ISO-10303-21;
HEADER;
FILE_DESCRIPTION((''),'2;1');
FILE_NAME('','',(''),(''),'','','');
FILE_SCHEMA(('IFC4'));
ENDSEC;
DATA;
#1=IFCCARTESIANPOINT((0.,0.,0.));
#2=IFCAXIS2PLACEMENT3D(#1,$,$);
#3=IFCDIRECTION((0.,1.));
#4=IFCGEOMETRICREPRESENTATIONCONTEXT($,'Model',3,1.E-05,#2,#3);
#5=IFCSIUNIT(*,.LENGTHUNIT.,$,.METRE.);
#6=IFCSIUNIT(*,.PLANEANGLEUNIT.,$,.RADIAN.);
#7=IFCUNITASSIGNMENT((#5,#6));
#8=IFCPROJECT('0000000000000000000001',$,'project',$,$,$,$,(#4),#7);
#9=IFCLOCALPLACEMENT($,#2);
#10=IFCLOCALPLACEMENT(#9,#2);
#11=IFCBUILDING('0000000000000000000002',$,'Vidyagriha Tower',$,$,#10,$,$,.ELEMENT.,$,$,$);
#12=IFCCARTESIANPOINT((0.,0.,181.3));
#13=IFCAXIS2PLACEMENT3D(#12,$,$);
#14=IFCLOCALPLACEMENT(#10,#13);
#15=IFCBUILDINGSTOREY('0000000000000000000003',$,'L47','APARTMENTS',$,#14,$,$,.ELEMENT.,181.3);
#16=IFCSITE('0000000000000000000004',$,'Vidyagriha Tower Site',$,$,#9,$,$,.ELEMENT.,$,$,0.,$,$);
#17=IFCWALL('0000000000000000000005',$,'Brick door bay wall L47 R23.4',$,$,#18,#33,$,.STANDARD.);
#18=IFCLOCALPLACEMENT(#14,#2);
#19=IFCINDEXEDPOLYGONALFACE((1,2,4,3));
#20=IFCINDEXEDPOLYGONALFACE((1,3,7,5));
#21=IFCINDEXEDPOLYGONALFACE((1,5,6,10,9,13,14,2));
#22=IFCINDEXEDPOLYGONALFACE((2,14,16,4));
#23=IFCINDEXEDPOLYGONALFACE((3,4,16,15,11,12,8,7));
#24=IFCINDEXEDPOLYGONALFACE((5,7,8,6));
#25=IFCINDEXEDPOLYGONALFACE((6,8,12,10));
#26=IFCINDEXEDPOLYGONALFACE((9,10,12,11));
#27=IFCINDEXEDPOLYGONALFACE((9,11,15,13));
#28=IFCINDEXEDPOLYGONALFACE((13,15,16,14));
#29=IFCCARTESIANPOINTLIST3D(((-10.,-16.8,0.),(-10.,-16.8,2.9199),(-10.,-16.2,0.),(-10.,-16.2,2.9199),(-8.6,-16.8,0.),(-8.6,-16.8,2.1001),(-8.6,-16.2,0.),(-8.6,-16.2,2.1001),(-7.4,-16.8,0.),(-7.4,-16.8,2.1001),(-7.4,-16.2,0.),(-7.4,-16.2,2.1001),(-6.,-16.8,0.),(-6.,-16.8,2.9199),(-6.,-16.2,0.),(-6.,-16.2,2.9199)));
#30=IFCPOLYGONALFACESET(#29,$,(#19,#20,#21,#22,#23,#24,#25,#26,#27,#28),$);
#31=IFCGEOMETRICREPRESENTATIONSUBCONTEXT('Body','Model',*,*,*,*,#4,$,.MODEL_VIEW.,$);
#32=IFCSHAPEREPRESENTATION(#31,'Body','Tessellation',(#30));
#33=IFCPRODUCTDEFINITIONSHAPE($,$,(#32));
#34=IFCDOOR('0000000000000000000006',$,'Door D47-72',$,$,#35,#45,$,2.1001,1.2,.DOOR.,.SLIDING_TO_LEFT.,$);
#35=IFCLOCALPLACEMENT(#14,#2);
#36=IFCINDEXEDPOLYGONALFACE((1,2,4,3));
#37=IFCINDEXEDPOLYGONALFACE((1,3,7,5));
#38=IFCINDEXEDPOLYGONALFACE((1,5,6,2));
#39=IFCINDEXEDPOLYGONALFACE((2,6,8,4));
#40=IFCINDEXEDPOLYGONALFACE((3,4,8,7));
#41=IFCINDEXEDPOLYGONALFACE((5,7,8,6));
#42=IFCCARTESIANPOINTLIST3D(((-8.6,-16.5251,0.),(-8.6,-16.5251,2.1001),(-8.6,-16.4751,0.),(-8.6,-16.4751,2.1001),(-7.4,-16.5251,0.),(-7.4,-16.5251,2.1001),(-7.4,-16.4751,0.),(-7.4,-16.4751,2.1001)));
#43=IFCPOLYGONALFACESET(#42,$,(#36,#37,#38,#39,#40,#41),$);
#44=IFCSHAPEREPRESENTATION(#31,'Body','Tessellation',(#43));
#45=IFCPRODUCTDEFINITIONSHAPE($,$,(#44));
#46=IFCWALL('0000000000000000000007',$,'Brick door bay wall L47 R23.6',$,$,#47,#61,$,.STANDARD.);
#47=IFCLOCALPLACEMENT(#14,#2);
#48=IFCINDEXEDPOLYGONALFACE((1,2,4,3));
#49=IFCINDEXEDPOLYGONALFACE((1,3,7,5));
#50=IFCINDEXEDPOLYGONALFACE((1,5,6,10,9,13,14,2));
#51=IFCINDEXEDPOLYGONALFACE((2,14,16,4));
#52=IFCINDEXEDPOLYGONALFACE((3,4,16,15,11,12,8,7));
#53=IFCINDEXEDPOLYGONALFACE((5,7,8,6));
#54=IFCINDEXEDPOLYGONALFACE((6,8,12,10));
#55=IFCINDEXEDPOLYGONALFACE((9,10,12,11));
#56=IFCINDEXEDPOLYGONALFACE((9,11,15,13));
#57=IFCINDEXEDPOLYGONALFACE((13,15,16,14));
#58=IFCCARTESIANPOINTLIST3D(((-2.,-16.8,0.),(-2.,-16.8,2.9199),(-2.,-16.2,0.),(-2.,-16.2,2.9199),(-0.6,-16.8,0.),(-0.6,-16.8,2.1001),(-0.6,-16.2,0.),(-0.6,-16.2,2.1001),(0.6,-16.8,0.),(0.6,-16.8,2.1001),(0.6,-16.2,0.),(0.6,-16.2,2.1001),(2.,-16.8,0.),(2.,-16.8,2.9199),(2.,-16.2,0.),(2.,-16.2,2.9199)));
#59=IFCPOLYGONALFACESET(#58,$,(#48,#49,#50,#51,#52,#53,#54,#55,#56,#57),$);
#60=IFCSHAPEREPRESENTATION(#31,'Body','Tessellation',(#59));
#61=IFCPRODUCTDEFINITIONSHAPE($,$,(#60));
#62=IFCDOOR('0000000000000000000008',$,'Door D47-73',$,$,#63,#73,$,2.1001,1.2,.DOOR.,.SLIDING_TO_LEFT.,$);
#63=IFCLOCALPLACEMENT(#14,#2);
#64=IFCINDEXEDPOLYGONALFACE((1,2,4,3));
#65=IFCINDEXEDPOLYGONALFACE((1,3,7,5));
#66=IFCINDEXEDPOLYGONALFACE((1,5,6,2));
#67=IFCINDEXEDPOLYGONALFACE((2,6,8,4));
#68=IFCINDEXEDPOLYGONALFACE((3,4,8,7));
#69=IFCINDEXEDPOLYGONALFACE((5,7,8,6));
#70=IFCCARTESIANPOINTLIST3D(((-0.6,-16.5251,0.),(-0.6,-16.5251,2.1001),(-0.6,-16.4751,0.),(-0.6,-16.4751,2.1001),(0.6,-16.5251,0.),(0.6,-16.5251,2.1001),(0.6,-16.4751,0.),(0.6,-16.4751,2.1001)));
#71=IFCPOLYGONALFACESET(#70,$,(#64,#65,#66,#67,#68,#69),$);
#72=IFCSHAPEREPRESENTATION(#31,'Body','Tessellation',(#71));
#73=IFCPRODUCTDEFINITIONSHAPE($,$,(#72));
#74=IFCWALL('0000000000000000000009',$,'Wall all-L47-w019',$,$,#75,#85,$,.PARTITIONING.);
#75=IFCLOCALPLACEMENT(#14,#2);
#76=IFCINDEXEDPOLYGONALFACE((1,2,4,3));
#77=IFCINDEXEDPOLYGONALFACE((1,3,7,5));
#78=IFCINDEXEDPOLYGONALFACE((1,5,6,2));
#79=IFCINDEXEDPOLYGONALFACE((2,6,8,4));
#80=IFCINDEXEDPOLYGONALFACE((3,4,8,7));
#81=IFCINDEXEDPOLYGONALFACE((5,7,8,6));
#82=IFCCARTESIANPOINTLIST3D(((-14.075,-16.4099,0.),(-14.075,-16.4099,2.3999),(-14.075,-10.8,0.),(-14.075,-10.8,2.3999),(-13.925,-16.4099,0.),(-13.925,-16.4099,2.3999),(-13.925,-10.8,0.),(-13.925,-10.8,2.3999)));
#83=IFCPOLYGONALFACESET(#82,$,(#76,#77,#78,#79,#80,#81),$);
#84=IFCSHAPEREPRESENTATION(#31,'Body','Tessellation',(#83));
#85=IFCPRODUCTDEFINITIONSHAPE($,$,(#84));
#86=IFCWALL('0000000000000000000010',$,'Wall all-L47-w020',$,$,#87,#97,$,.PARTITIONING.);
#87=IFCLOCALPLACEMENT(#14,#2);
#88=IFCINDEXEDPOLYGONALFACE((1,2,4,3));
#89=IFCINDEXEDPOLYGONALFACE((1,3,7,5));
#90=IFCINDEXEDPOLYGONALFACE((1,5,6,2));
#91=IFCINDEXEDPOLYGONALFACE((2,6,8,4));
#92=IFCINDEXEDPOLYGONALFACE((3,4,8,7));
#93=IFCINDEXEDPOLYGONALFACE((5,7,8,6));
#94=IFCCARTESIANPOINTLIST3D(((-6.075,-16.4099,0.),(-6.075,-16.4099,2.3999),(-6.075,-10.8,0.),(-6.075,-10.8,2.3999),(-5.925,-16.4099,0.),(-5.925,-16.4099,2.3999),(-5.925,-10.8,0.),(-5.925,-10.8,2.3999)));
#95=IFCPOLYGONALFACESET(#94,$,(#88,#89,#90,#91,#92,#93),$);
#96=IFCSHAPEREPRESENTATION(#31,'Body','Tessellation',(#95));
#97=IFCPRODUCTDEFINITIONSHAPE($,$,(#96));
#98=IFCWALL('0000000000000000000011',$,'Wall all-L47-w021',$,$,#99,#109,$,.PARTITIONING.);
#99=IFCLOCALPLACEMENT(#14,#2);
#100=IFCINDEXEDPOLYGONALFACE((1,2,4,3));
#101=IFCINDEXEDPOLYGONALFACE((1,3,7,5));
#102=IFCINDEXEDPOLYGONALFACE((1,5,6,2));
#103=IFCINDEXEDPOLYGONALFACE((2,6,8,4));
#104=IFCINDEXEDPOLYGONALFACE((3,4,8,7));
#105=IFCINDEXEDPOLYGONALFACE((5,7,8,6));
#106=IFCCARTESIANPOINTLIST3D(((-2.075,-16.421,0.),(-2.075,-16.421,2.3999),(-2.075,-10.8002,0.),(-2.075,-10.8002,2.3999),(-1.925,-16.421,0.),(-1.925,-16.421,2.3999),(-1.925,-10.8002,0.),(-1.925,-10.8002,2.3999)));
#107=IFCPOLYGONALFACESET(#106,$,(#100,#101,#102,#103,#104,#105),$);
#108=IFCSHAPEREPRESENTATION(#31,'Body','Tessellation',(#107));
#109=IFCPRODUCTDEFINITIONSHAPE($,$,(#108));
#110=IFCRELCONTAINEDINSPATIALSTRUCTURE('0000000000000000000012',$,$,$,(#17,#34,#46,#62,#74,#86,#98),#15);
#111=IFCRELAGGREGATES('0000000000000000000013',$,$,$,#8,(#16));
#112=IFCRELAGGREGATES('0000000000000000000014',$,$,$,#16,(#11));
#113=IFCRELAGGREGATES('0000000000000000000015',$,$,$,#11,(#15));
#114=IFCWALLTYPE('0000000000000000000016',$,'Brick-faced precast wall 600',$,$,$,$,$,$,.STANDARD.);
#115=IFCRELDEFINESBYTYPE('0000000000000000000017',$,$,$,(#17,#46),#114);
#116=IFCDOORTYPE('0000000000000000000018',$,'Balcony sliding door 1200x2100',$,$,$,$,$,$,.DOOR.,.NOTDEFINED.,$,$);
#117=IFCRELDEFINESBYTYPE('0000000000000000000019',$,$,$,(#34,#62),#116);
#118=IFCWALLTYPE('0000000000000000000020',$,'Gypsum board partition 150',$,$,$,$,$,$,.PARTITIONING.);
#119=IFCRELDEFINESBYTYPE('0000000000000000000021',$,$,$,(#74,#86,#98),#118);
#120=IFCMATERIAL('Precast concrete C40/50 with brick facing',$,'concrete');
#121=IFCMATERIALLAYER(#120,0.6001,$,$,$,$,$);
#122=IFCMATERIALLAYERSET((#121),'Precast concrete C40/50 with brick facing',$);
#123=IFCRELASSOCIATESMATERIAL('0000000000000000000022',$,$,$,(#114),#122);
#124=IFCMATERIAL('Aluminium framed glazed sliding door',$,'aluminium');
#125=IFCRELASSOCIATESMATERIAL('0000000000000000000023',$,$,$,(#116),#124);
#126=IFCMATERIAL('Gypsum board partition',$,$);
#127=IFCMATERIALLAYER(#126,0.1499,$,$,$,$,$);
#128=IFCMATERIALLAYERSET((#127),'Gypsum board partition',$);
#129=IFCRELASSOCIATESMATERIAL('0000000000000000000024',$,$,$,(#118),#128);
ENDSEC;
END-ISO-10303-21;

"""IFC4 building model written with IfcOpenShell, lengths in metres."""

from ifc_helpers import new_model, si_unit, direction, frame, frame_2d, origin, place, context, subcontext, project, spatial, rectangle, extrude, material, layer, layer_set, type_object, element, fill, save


model = new_model("IFC4")

# Units and contexts
model_context = context("Model", 3, precision=1e-05, world=origin(), true_north=direction((0.0, 1.0)))
body_context = subcontext(model_context, "Body", "Model", "MODEL_VIEW")
ifc_project = project(units=[si_unit("LENGTHUNIT", "METRE"), si_unit("PLANEANGLEUNIT", "RADIAN")], contexts=[model_context])

# Site, building, storey
site_placement = place(None, origin())
site = spatial("IfcSite", under=ifc_project, at=site_placement, Name="Vidyagriha Tower Site", CompositionType="ELEMENT", RefElevation=0.0)
building_placement = place(site_placement, origin())
building = spatial("IfcBuilding", under=site, at=building_placement, Name="Vidyagriha Tower", CompositionType="ELEMENT")
storey_placement = place(building_placement, frame((0.0, 0.0, 181.3)))
storey = spatial("IfcBuildingStorey", under=building, at=storey_placement, Name="L47", Description="APARTMENTS", CompositionType="ELEMENT", Elevation=181.3)

# Walls, openings, doors
ifc_material_1 = material(Name="Precast concrete C40/50 with brick facing", Category="concrete")
ifc_layer_1 = layer(ifc_material_1, 0.6001)
ifc_layer_set_1 = layer_set([ifc_layer_1], Name="Precast concrete C40/50 with brick facing")
wall_type_1 = type_object("IfcWallType", Name="Brick-faced precast wall 600", PredefinedType="STANDARD", material=ifc_layer_set_1)
wall_1_placement = place(storey_placement, frame((-10.0, -16.5, 0.0)))
wall_1 = element("IfcWall", 1, at=wall_1_placement, inside=storey, type_object=wall_type_1, Name="Brick door bay wall L47 R23.4", PredefinedType="STANDARD", context=body_context, shape_type="SweptSolid", body=[
    extrude(rectangle(XDim=4.0, YDim=0.6001, at=frame_2d((2.0, 0.0))), origin(), (0.0, 0.0, 1.0), 2.9199),
])
opening_1_placement = place(wall_1_placement, frame((1.3999, 0.0, 0.0)))
opening_1 = element("IfcOpeningElement", 2, at=opening_1_placement, cuts=wall_1, PredefinedType="OPENING", context=body_context, shape_type="SweptSolid", body=[
    extrude(rectangle(XDim=1.2, YDim=2.1001, at=frame_2d((0.6001, 1.05))), frame((0.0, 0.3101, 0.0), z_axis=(0.0, -1.0, 0.0), x_axis=(1.0, 0.0, 0.0)), (0.0, 0.0, 1.0), 0.6201),
])
ifc_material_2 = material(Name="Aluminium framed glazed sliding door", Category="aluminium")
door_type = type_object("IfcDoorType", Name="Balcony sliding door 1200x2100", OperationType="NOTDEFINED", PredefinedType="DOOR", material=ifc_material_2)
door_1_placement = place(opening_1_placement, origin())
door_1 = element("IfcDoor", 3, at=door_1_placement, inside=storey, type_object=door_type, Name="Door D47-72", OperationType="SLIDING_TO_LEFT", OverallHeight=2.1001, OverallWidth=1.2, PredefinedType="DOOR", context=body_context, shape_type="SweptSolid", body=[
    extrude(rectangle(XDim=1.2, YDim=2.1001, at=frame_2d((0.6001, 1.05))), frame((0.0, 0.0249, 0.0), z_axis=(0.0, -1.0, 0.0), x_axis=(1.0, 0.0, 0.0)), (0.0, 0.0, 1.0), 0.05),
])
fill(opening_1, door_1)
wall_2_placement = place(storey_placement, frame((-2.0, -16.5, 0.0)))
wall_2 = element("IfcWall", 4, at=wall_2_placement, inside=storey, type_object=wall_type_1, Name="Brick door bay wall L47 R23.6", PredefinedType="STANDARD", context=body_context, shape_type="SweptSolid", body=[
    extrude(rectangle(XDim=4.0, YDim=0.6001, at=frame_2d((2.0, 0.0))), origin(), (0.0, 0.0, 1.0), 2.9199),
])
opening_2_placement = place(wall_2_placement, frame((1.3999, 0.0, 0.0)))
opening_2 = element("IfcOpeningElement", 5, at=opening_2_placement, cuts=wall_2, PredefinedType="OPENING", context=body_context, shape_type="SweptSolid", body=[
    extrude(rectangle(XDim=1.2, YDim=2.1001, at=frame_2d((0.6001, 1.05))), frame((0.0, 0.3101, 0.0), z_axis=(0.0, -1.0, 0.0), x_axis=(1.0, 0.0, 0.0)), (0.0, 0.0, 1.0), 0.6201),
])
door_2_placement = place(opening_2_placement, origin())
door_2 = element("IfcDoor", 6, at=door_2_placement, inside=storey, type_object=door_type, Name="Door D47-73", OperationType="SLIDING_TO_LEFT", OverallHeight=2.1001, OverallWidth=1.2, PredefinedType="DOOR", context=body_context, shape_type="SweptSolid", body=[
    extrude(rectangle(XDim=1.2, YDim=2.1001, at=frame_2d((0.6001, 1.05))), frame((0.0, 0.0249, 0.0), z_axis=(0.0, -1.0, 0.0), x_axis=(1.0, 0.0, 0.0)), (0.0, 0.0, 1.0), 0.05),
])
fill(opening_2, door_2)

# Walls
ifc_material_3 = material(Name="Gypsum board partition")
ifc_layer_2 = layer(ifc_material_3, 0.1499)
ifc_layer_set_2 = layer_set([ifc_layer_2], Name="Gypsum board partition")
wall_type_2 = type_object("IfcWallType", Name="Gypsum board partition 150", PredefinedType="PARTITIONING", material=ifc_layer_set_2)
for number, where, z_axis, x_axis, name in (
    (7, (-14.0, -10.8, 0.0), (0.0, 0.0, 1.0), (0.0, -1.0, 0.0), "Wall all-L47-w019"),
    (8, (-6.0, -10.8, 0.0), (0.0, 0.0, 1.0), (0.0, -1.0, 0.0), "Wall all-L47-w020"),
):
    element("IfcWall", number, at=place(storey_placement, frame(where, z_axis=z_axis, x_axis=x_axis)), inside=storey, type_object=wall_type_2, Name=name, PredefinedType="PARTITIONING", context=body_context, shape_type="SweptSolid", body=[
        extrude(rectangle(XDim=5.6099, YDim=0.1499, at=frame_2d((2.8049, 0.0))), origin(), (0.0, 0.0, 1.0), 2.3999),
    ])
wall_3_placement = place(storey_placement, frame((-2.0, -10.8, 0.0), z_axis=(0.0, 0.0, 1.0), x_axis=(0.0, -1.0, 0.0)))
element("IfcWall", 9, at=wall_3_placement, inside=storey, type_object=wall_type_2, Name="Wall all-L47-w021", PredefinedType="PARTITIONING", context=body_context, shape_type="SweptSolid", body=[
    extrude(rectangle(XDim=5.6208, YDim=0.1499, at=frame_2d((2.8105, 0.0))), origin(), (0.0, 0.0, 1.0), 2.3999),
])

save(model, "model.ifc")
